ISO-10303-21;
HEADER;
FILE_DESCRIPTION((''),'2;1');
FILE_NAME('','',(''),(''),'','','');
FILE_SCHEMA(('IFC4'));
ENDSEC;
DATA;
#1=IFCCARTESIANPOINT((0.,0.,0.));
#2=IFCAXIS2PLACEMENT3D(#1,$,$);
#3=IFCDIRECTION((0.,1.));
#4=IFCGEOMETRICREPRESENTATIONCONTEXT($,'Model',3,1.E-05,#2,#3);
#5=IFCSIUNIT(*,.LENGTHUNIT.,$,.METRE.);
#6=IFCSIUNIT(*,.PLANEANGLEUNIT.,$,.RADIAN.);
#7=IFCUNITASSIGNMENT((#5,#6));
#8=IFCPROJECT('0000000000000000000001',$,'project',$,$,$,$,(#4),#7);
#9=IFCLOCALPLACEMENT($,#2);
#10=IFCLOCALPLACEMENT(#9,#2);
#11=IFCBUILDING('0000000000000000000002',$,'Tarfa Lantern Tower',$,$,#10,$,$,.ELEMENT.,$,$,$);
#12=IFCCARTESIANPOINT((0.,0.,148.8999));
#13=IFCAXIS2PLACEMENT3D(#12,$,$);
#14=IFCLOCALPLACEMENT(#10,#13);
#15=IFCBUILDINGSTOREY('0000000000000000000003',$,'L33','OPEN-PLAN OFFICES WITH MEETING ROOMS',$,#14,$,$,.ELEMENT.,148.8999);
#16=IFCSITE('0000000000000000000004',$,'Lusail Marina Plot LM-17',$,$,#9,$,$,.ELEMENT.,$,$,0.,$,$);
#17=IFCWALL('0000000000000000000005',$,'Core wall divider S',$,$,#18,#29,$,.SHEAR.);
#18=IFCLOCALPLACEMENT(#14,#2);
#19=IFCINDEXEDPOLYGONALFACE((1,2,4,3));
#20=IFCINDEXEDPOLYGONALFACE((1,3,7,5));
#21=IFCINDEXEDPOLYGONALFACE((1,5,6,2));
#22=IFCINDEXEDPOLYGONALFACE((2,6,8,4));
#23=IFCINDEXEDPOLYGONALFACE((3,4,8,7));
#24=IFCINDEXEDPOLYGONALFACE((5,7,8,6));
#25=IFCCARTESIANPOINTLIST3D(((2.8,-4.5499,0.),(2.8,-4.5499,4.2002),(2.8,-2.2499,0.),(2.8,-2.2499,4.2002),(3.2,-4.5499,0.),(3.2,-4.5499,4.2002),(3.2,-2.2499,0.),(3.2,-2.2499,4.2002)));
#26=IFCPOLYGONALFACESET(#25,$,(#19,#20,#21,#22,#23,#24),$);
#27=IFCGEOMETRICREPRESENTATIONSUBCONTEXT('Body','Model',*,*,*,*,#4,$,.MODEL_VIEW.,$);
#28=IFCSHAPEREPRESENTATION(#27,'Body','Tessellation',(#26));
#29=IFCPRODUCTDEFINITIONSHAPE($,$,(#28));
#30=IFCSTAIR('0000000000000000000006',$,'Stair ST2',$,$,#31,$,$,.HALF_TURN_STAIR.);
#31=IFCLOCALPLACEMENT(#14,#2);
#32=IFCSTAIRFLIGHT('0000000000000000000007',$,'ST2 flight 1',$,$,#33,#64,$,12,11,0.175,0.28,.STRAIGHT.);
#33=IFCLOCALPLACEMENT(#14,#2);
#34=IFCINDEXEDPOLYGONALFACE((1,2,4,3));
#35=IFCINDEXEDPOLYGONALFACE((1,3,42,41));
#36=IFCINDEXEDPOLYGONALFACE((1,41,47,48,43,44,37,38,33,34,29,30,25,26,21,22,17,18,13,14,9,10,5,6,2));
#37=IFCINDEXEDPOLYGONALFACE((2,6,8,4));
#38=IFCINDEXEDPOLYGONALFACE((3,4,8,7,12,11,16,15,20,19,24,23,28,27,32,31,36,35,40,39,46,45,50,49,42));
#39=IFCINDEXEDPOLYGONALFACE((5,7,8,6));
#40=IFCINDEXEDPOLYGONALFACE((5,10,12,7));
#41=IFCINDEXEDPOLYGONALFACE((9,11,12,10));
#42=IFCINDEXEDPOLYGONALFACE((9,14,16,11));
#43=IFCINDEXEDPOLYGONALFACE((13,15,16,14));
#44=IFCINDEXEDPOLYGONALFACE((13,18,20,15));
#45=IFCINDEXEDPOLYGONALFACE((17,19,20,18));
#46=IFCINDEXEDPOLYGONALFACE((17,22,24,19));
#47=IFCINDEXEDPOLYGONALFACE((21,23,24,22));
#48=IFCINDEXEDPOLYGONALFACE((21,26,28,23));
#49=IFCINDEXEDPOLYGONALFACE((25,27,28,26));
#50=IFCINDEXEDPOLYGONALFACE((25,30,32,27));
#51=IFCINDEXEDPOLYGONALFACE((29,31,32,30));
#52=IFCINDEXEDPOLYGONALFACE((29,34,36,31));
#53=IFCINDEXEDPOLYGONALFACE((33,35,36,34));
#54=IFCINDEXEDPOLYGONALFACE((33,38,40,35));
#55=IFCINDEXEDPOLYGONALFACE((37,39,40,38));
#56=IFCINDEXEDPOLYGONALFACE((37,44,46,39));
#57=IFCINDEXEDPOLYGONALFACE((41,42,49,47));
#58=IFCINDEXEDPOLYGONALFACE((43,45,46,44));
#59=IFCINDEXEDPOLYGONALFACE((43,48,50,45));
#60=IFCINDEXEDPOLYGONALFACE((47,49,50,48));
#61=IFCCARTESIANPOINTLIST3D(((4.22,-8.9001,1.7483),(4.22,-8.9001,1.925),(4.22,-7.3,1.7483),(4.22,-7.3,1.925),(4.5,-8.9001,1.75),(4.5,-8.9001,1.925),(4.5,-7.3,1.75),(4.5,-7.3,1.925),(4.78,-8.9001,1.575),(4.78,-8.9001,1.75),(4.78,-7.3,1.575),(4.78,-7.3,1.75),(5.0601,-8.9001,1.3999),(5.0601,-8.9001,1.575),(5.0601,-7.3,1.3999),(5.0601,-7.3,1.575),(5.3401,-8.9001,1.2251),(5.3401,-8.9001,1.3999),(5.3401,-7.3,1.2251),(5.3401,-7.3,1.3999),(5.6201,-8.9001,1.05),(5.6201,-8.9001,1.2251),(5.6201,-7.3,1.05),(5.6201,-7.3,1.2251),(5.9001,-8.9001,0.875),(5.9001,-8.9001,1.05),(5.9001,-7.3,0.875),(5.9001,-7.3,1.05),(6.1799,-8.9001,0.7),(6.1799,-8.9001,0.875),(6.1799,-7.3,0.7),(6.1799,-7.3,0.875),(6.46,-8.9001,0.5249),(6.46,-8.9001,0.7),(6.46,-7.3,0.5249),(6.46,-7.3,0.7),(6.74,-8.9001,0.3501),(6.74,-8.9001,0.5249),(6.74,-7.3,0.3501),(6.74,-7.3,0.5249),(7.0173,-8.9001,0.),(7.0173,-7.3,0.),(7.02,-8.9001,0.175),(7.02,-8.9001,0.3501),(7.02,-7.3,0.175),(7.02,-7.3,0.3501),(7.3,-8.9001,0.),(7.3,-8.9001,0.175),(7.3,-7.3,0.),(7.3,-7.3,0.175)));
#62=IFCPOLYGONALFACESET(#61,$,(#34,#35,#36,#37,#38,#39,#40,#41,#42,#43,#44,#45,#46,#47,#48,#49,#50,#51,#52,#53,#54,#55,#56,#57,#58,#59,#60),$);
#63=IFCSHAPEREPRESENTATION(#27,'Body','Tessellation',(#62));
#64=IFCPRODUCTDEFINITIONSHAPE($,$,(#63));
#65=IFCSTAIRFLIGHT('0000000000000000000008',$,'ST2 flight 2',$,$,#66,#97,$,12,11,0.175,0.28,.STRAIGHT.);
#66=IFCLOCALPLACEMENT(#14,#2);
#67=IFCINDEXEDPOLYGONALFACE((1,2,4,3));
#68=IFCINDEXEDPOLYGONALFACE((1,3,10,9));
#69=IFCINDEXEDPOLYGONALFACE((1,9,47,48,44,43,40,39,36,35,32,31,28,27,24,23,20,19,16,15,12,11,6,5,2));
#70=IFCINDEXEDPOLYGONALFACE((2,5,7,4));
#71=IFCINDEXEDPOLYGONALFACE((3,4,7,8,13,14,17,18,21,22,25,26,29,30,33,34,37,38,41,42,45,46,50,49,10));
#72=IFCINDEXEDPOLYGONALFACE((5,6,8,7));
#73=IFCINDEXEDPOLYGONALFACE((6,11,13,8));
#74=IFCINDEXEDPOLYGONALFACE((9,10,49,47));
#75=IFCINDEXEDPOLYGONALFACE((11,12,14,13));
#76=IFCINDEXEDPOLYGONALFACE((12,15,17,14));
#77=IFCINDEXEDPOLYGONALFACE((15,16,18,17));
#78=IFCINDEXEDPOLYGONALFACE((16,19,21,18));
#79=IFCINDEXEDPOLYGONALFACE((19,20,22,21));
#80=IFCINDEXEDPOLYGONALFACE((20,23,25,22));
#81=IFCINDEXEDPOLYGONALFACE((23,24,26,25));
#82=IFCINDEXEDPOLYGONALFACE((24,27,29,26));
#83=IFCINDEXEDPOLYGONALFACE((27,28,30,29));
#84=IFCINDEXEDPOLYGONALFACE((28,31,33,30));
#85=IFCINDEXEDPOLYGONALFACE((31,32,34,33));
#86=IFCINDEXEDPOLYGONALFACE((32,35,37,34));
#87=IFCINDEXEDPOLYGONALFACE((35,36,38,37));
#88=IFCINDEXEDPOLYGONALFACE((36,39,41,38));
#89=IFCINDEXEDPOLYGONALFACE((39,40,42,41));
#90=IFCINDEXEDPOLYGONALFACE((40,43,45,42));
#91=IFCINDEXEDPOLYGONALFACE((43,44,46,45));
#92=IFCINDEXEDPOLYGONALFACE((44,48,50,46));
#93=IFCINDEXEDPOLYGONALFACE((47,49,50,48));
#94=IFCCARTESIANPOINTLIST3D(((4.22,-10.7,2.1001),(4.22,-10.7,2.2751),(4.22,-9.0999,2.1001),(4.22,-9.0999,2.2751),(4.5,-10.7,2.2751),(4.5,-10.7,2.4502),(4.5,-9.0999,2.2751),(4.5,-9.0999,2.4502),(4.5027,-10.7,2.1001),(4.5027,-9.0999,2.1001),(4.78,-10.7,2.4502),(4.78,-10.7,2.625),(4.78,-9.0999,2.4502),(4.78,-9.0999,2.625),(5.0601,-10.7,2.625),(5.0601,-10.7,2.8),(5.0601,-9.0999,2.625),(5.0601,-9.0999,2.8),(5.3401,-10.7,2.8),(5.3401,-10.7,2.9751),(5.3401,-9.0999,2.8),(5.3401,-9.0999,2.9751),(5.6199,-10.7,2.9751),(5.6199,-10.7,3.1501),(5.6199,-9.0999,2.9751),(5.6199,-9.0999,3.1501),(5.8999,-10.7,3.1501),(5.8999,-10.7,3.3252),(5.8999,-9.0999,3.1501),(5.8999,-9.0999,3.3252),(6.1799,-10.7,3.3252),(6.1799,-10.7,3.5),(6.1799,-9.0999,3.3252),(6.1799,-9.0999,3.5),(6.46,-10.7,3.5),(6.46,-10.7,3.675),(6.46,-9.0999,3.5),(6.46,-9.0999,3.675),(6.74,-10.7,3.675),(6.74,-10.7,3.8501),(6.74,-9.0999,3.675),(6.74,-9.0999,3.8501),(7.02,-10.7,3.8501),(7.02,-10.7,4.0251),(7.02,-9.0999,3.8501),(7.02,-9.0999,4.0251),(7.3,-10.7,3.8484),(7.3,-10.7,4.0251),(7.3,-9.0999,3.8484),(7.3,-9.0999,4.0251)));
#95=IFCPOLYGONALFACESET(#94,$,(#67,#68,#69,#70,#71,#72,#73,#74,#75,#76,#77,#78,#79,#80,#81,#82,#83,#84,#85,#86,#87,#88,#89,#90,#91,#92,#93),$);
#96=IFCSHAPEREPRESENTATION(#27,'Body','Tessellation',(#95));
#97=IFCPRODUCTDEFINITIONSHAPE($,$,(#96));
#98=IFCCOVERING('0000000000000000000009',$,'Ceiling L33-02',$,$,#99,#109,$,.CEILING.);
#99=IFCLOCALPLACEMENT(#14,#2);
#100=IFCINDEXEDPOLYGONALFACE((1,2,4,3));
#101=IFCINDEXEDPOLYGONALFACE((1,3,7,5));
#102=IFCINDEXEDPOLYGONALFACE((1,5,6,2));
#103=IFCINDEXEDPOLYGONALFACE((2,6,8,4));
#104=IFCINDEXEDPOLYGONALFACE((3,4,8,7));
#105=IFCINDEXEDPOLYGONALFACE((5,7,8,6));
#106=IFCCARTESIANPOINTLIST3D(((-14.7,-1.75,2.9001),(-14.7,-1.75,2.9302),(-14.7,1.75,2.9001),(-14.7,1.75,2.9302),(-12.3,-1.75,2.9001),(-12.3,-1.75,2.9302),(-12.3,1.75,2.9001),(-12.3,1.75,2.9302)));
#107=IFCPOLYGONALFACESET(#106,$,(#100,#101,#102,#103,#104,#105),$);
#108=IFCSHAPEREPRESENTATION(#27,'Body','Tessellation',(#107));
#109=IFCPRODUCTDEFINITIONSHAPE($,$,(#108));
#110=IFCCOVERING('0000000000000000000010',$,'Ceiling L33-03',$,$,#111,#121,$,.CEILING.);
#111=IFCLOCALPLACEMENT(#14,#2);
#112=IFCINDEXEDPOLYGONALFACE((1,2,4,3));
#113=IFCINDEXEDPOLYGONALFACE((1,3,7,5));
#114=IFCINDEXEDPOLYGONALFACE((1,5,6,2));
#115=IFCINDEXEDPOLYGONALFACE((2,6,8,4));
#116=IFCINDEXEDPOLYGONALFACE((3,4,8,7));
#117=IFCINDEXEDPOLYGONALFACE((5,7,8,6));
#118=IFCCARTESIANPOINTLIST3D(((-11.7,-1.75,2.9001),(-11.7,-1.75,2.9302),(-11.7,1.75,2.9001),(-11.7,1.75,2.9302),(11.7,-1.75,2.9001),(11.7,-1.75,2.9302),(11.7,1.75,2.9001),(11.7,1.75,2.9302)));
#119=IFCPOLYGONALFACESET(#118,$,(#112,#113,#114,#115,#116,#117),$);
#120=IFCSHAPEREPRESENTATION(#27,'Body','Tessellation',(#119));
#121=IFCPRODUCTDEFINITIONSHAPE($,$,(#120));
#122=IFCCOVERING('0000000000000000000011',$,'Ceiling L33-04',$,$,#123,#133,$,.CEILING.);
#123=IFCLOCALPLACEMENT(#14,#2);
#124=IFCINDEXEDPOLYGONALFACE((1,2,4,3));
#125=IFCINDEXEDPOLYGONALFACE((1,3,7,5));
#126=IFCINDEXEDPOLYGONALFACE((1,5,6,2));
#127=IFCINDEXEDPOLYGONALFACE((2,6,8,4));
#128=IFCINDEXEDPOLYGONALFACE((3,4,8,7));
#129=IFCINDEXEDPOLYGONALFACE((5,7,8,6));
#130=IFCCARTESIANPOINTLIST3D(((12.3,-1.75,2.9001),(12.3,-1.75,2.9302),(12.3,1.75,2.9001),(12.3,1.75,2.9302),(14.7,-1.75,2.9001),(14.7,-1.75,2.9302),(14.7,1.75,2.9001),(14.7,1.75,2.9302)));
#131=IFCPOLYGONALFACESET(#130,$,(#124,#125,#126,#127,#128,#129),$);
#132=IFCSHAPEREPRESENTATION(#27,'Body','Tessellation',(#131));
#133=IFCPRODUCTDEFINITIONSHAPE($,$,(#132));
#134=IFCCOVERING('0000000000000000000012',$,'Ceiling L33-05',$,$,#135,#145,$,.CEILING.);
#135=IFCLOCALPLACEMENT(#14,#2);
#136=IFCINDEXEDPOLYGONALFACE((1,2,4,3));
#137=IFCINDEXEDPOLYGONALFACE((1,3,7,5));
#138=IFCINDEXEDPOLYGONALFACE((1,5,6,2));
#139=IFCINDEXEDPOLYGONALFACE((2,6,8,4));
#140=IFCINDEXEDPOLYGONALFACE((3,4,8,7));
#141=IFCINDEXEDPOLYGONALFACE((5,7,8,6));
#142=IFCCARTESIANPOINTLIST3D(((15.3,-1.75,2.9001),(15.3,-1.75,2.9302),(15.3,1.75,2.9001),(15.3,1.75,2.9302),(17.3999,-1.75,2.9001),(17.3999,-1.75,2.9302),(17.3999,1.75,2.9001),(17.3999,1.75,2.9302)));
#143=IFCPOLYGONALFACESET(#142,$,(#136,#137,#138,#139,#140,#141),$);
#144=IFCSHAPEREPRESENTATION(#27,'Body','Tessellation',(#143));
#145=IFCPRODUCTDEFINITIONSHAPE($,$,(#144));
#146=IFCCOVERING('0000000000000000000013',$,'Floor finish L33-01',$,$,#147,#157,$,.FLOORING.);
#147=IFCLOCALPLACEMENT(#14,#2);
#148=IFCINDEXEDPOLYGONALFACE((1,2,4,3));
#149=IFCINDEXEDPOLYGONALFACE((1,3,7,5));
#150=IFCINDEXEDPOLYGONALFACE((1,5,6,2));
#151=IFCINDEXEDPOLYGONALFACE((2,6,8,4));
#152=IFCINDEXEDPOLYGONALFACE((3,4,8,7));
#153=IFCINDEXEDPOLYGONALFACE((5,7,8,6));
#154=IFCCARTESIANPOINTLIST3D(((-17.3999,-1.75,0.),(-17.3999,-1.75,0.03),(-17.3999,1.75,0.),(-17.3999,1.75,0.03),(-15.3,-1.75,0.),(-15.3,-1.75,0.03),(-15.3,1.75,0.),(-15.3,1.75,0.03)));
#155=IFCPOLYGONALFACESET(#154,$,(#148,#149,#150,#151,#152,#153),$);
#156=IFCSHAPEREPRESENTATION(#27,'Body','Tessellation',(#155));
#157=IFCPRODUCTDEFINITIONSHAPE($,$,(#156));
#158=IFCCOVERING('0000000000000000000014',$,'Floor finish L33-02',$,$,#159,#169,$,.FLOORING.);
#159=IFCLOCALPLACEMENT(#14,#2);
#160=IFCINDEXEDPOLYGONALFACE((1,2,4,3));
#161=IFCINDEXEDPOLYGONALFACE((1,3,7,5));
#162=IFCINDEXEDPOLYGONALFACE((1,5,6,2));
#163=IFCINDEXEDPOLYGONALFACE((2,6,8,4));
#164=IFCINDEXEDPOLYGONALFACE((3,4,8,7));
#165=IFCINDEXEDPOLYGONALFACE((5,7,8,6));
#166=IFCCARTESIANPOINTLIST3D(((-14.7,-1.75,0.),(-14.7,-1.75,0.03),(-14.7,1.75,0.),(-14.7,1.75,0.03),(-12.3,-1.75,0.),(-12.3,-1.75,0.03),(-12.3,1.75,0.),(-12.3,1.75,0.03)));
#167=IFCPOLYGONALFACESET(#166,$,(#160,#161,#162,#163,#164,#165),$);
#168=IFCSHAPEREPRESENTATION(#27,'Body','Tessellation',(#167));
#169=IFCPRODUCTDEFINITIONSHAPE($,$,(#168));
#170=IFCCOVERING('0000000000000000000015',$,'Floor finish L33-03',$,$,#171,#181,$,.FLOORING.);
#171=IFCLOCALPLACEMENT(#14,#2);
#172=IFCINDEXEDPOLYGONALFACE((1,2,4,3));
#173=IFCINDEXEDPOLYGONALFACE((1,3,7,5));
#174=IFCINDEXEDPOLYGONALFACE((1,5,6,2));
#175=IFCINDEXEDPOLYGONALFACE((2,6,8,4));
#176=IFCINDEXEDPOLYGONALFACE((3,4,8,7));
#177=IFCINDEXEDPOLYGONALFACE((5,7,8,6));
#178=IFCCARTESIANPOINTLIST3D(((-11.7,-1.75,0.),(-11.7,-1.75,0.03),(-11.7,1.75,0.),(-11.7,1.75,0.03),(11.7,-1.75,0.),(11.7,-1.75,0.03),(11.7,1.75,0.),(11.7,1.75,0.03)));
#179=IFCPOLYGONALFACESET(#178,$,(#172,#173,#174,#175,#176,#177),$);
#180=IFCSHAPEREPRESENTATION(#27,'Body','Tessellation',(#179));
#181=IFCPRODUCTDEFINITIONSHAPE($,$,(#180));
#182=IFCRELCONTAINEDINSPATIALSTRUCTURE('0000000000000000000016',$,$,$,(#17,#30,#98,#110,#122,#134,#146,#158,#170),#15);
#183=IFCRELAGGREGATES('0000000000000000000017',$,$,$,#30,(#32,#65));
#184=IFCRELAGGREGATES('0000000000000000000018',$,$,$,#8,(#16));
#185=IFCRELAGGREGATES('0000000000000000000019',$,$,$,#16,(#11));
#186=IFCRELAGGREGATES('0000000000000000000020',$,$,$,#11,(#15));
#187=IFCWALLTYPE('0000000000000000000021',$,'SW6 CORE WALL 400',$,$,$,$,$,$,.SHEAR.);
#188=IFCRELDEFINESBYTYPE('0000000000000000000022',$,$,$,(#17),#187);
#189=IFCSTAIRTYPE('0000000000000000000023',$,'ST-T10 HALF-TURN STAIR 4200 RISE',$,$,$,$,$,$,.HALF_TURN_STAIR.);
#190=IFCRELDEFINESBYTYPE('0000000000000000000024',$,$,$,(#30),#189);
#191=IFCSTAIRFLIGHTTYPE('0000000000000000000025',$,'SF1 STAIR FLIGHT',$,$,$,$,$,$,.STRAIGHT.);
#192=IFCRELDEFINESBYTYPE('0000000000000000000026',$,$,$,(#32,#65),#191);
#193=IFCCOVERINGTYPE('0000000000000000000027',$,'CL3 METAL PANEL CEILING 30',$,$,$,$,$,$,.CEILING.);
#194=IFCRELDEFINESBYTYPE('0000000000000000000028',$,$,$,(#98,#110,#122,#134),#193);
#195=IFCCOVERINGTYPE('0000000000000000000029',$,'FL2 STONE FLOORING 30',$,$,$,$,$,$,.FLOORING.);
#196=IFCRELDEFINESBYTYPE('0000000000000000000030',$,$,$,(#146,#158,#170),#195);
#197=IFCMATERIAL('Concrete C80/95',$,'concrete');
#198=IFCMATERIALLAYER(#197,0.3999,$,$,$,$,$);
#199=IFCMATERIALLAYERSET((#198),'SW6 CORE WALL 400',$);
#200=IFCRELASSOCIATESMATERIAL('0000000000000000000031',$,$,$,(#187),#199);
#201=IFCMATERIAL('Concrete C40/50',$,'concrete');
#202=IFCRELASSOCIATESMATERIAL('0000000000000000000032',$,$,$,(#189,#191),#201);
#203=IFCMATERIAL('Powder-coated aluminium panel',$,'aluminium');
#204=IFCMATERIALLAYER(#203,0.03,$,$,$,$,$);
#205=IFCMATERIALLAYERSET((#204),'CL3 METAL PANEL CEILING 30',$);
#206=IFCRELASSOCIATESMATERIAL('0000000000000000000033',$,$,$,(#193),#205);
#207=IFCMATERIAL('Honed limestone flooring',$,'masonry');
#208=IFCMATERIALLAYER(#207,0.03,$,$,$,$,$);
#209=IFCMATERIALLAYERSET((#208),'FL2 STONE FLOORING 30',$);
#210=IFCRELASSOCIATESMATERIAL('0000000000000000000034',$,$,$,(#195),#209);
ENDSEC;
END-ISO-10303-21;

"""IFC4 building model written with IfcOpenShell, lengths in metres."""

from ifc_helpers import new_model, si_unit, direction, frame, frame_2d, origin, place, context, subcontext, project, spatial, polyline, rectangle, outline, extrude, material, layer, layer_set, type_object, element, aggregate, save


model = new_model("IFC4")

# Units and contexts
model_context = context("Model", 3, precision=1e-05, world=origin(), true_north=direction((0.0, 1.0)))
body_context = subcontext(model_context, "Body", "Model", "MODEL_VIEW")
ifc_project = project(units=[si_unit("LENGTHUNIT", "METRE"), si_unit("PLANEANGLEUNIT", "RADIAN")], contexts=[model_context])

# Site, building, storey
site_placement = place(None, origin())
site = spatial("IfcSite", under=ifc_project, at=site_placement, Name="Lusail Marina Plot LM-17", CompositionType="ELEMENT", RefElevation=0.0)
building_placement = place(site_placement, origin())
building = spatial("IfcBuilding", under=site, at=building_placement, Name="Tarfa Lantern Tower", CompositionType="ELEMENT")
storey_placement = place(building_placement, frame((0.0, 0.0, 148.8999)))
storey = spatial("IfcBuildingStorey", under=building, at=storey_placement, Name="L33", Description="OPEN-PLAN OFFICES WITH MEETING ROOMS", CompositionType="ELEMENT", Elevation=148.8999)

# Shared definitions
ifc_material_1 = material(Name="Concrete C80/95", Category="concrete")

# Wall
ifc_layer_1 = layer(ifc_material_1, 0.3999)
ifc_layer_set_1 = layer_set([ifc_layer_1], Name="SW6 CORE WALL 400")
wall_type_1 = type_object("IfcWallType", Name="SW6 CORE WALL 400", PredefinedType="SHEAR", material=ifc_layer_set_1)
for number, where, z_axis, x_axis, name in (
    (1, (3.0, -2.25, 0.0), (0.0, 0.0, 1.0), (0.0, -1.0, 0.0), "Core wall divider S"),
):
    element("IfcWall", number, at=place(storey_placement, frame(where, z_axis=z_axis, x_axis=x_axis)), inside=storey, type_object=wall_type_1, Name=name, PredefinedType="SHEAR", context=body_context, shape_type="SweptSolid", body=[
        extrude(rectangle(XDim=2.3, YDim=0.3999, at=frame_2d((1.1499, 0.0))), origin(), (0.0, 0.0, 1.0), 4.2002),
    ])

# Stair, stair flights
ifc_material_2 = material(Name="Concrete C40/50", Category="concrete")
stair_type = type_object("IfcStairType", Name="ST-T10 HALF-TURN STAIR 4200 RISE", PredefinedType="HALF_TURN_STAIR", material=ifc_material_2)
stair_placement = place(storey_placement, origin())
stair = element("IfcStair", 2, at=stair_placement, inside=storey, type_object=stair_type, Name="Stair ST2", PredefinedType="HALF_TURN_STAIR")
stair_flight_type = type_object("IfcStairFlightType", Name="SF1 STAIR FLIGHT", PredefinedType="STRAIGHT", material=ifc_material_2)
stair_flight_1_placement = place(storey_placement, frame((7.3, -8.1001, 0.0), z_axis=(0.0, 0.0, 1.0), x_axis=(-1.0, 0.0, 0.0)))
stair_flight_1 = element("IfcStairFlight", 3, at=stair_flight_1_placement, type_object=stair_flight_type, Name="ST2 flight 1", NumberOfRisers=12, NumberOfTreads=11, PredefinedType="STRAIGHT", RiserHeight=0.175, TreadLength=0.28, context=body_context, shape_type="SweptSolid", body=[
    extrude(outline(polyline([(0.0, 0.0), (0.0, 0.175), (0.28, 0.175), (0.28, 0.3501), (0.5601, 0.3501), (0.5601, 0.5249), (0.8401, 0.5249), (0.8401, 0.7), (1.1201, 0.7), (1.1201, 0.875), (1.3999, 0.875), (1.3999, 1.05), (1.6799, 1.05), (1.6799, 1.2251), (1.96, 1.2251), (1.96, 1.3999), (2.24, 1.3999), (2.24, 1.575), (2.52, 1.575), (2.52, 1.75), (2.8, 1.75), (2.8, 1.925), (3.0801, 1.925), (3.0801, 2.1001), (3.0801, 1.7483), (0.2827, 0.0), (0.0, 0.0)])), frame((0.0, 0.8, 0.0), z_axis=(0.0, -1.0, 0.0), x_axis=(1.0, 0.0, 0.0)), (0.0, 0.0, 1.0), 1.6001),
])
stair_flight_2_placement = place(storey_placement, frame((4.22, -9.8999, 2.1001), z_axis=(0.0, 0.0, 1.0), x_axis=(1.0, 0.0, 0.0)))
stair_flight_2 = element("IfcStairFlight", 4, at=stair_flight_2_placement, type_object=stair_flight_type, Name="ST2 flight 2", NumberOfRisers=12, NumberOfTreads=11, PredefinedType="STRAIGHT", RiserHeight=0.175, TreadLength=0.28, context=body_context, shape_type="SweptSolid", body=[
    extrude(outline(polyline([(0.0, 0.0), (0.0, 0.175), (0.28, 0.175), (0.28, 0.3501), (0.5601, 0.3501), (0.5601, 0.5249), (0.8401, 0.5249), (0.8401, 0.7), (1.1201, 0.7), (1.1201, 0.875), (1.3999, 0.875), (1.3999, 1.05), (1.6799, 1.05), (1.6799, 1.2251), (1.96, 1.2251), (1.96, 1.3999), (2.24, 1.3999), (2.24, 1.575), (2.52, 1.575), (2.52, 1.75), (2.8, 1.75), (2.8, 1.925), (3.0801, 1.925), (3.0801, 2.1001), (3.0801, 1.7483), (0.2827, 0.0), (0.0, 0.0)])), frame((0.0, 0.8, 0.0), z_axis=(0.0, -1.0, 0.0), x_axis=(1.0, 0.0, 0.0)), (0.0, 0.0, 1.0), 1.6001),
])
aggregate(stair, [stair_flight_1, stair_flight_2])

# Coverings
ifc_material_3 = material(Name="Powder-coated aluminium panel", Category="aluminium")
ifc_layer_2 = layer(ifc_material_3, 0.03)
ifc_layer_set_2 = layer_set([ifc_layer_2], Name="CL3 METAL PANEL CEILING 30")
covering_type_1 = type_object("IfcCoveringType", Name="CL3 METAL PANEL CEILING 30", PredefinedType="CEILING", material=ifc_layer_set_2)
covering_1_placement = place(storey_placement, frame((0.0, 0.0, 2.9001)))
element("IfcCovering", 5, at=covering_1_placement, inside=storey, type_object=covering_type_1, Name="Ceiling L33-02", PredefinedType="CEILING", context=body_context, shape_type="SweptSolid", body=[
    extrude(outline(polyline([(-14.7, -1.75), (-12.3, -1.75), (-12.3, 1.75), (-14.7, 1.75), (-14.7, -1.75)])), origin(), (0.0, 0.0, 1.0), 0.03),
])
covering_2_placement = place(storey_placement, frame((0.0, 0.0, 2.9001)))
element("IfcCovering", 6, at=covering_2_placement, inside=storey, type_object=covering_type_1, Name="Ceiling L33-03", PredefinedType="CEILING", context=body_context, shape_type="SweptSolid", body=[
    extrude(outline(polyline([(-11.7, -1.75), (11.7, -1.75), (11.7, 1.75), (-11.7, 1.75), (-11.7, -1.75)])), origin(), (0.0, 0.0, 1.0), 0.03),
])
covering_3_placement = place(storey_placement, frame((0.0, 0.0, 2.9001)))
element("IfcCovering", 7, at=covering_3_placement, inside=storey, type_object=covering_type_1, Name="Ceiling L33-04", PredefinedType="CEILING", context=body_context, shape_type="SweptSolid", body=[
    extrude(outline(polyline([(12.3, -1.75), (14.7, -1.75), (14.7, 1.75), (12.3, 1.75), (12.3, -1.75)])), origin(), (0.0, 0.0, 1.0), 0.03),
])
covering_4_placement = place(storey_placement, frame((0.0, 0.0, 2.9001)))
element("IfcCovering", 8, at=covering_4_placement, inside=storey, type_object=covering_type_1, Name="Ceiling L33-05", PredefinedType="CEILING", context=body_context, shape_type="SweptSolid", body=[
    extrude(outline(polyline([(15.3, -1.75), (17.3999, -1.75), (17.3999, 1.75), (15.3, 1.75), (15.3, -1.75)])), origin(), (0.0, 0.0, 1.0), 0.03),
])
ifc_material_4 = material(Name="Honed limestone flooring", Category="masonry")
ifc_layer_3 = layer(ifc_material_4, 0.03)
ifc_layer_set_3 = layer_set([ifc_layer_3], Name="FL2 STONE FLOORING 30")
covering_type_2 = type_object("IfcCoveringType", Name="FL2 STONE FLOORING 30", PredefinedType="FLOORING", material=ifc_layer_set_3)
covering_5_placement = place(storey_placement, origin())
element("IfcCovering", 9, at=covering_5_placement, inside=storey, type_object=covering_type_2, Name="Floor finish L33-01", PredefinedType="FLOORING", context=body_context, shape_type="SweptSolid", body=[
    extrude(outline(polyline([(-17.3999, -1.75), (-15.3, -1.75), (-15.3, 1.75), (-17.3999, 1.75), (-17.3999, -1.75)])), origin(), (0.0, 0.0, 1.0), 0.03),
])
covering_6_placement = place(storey_placement, origin())
element("IfcCovering", 10, at=covering_6_placement, inside=storey, type_object=covering_type_2, Name="Floor finish L33-02", PredefinedType="FLOORING", context=body_context, shape_type="SweptSolid", body=[
    extrude(outline(polyline([(-14.7, -1.75), (-12.3, -1.75), (-12.3, 1.75), (-14.7, 1.75), (-14.7, -1.75)])), origin(), (0.0, 0.0, 1.0), 0.03),
])
covering_7_placement = place(storey_placement, origin())
element("IfcCovering", 11, at=covering_7_placement, inside=storey, type_object=covering_type_2, Name="Floor finish L33-03", PredefinedType="FLOORING", context=body_context, shape_type="SweptSolid", body=[
    extrude(outline(polyline([(-11.7, -1.75), (11.7, -1.75), (11.7, 1.75), (-11.7, 1.75), (-11.7, -1.75)])), origin(), (0.0, 0.0, 1.0), 0.03),
])

save(model, "model.ifc")
